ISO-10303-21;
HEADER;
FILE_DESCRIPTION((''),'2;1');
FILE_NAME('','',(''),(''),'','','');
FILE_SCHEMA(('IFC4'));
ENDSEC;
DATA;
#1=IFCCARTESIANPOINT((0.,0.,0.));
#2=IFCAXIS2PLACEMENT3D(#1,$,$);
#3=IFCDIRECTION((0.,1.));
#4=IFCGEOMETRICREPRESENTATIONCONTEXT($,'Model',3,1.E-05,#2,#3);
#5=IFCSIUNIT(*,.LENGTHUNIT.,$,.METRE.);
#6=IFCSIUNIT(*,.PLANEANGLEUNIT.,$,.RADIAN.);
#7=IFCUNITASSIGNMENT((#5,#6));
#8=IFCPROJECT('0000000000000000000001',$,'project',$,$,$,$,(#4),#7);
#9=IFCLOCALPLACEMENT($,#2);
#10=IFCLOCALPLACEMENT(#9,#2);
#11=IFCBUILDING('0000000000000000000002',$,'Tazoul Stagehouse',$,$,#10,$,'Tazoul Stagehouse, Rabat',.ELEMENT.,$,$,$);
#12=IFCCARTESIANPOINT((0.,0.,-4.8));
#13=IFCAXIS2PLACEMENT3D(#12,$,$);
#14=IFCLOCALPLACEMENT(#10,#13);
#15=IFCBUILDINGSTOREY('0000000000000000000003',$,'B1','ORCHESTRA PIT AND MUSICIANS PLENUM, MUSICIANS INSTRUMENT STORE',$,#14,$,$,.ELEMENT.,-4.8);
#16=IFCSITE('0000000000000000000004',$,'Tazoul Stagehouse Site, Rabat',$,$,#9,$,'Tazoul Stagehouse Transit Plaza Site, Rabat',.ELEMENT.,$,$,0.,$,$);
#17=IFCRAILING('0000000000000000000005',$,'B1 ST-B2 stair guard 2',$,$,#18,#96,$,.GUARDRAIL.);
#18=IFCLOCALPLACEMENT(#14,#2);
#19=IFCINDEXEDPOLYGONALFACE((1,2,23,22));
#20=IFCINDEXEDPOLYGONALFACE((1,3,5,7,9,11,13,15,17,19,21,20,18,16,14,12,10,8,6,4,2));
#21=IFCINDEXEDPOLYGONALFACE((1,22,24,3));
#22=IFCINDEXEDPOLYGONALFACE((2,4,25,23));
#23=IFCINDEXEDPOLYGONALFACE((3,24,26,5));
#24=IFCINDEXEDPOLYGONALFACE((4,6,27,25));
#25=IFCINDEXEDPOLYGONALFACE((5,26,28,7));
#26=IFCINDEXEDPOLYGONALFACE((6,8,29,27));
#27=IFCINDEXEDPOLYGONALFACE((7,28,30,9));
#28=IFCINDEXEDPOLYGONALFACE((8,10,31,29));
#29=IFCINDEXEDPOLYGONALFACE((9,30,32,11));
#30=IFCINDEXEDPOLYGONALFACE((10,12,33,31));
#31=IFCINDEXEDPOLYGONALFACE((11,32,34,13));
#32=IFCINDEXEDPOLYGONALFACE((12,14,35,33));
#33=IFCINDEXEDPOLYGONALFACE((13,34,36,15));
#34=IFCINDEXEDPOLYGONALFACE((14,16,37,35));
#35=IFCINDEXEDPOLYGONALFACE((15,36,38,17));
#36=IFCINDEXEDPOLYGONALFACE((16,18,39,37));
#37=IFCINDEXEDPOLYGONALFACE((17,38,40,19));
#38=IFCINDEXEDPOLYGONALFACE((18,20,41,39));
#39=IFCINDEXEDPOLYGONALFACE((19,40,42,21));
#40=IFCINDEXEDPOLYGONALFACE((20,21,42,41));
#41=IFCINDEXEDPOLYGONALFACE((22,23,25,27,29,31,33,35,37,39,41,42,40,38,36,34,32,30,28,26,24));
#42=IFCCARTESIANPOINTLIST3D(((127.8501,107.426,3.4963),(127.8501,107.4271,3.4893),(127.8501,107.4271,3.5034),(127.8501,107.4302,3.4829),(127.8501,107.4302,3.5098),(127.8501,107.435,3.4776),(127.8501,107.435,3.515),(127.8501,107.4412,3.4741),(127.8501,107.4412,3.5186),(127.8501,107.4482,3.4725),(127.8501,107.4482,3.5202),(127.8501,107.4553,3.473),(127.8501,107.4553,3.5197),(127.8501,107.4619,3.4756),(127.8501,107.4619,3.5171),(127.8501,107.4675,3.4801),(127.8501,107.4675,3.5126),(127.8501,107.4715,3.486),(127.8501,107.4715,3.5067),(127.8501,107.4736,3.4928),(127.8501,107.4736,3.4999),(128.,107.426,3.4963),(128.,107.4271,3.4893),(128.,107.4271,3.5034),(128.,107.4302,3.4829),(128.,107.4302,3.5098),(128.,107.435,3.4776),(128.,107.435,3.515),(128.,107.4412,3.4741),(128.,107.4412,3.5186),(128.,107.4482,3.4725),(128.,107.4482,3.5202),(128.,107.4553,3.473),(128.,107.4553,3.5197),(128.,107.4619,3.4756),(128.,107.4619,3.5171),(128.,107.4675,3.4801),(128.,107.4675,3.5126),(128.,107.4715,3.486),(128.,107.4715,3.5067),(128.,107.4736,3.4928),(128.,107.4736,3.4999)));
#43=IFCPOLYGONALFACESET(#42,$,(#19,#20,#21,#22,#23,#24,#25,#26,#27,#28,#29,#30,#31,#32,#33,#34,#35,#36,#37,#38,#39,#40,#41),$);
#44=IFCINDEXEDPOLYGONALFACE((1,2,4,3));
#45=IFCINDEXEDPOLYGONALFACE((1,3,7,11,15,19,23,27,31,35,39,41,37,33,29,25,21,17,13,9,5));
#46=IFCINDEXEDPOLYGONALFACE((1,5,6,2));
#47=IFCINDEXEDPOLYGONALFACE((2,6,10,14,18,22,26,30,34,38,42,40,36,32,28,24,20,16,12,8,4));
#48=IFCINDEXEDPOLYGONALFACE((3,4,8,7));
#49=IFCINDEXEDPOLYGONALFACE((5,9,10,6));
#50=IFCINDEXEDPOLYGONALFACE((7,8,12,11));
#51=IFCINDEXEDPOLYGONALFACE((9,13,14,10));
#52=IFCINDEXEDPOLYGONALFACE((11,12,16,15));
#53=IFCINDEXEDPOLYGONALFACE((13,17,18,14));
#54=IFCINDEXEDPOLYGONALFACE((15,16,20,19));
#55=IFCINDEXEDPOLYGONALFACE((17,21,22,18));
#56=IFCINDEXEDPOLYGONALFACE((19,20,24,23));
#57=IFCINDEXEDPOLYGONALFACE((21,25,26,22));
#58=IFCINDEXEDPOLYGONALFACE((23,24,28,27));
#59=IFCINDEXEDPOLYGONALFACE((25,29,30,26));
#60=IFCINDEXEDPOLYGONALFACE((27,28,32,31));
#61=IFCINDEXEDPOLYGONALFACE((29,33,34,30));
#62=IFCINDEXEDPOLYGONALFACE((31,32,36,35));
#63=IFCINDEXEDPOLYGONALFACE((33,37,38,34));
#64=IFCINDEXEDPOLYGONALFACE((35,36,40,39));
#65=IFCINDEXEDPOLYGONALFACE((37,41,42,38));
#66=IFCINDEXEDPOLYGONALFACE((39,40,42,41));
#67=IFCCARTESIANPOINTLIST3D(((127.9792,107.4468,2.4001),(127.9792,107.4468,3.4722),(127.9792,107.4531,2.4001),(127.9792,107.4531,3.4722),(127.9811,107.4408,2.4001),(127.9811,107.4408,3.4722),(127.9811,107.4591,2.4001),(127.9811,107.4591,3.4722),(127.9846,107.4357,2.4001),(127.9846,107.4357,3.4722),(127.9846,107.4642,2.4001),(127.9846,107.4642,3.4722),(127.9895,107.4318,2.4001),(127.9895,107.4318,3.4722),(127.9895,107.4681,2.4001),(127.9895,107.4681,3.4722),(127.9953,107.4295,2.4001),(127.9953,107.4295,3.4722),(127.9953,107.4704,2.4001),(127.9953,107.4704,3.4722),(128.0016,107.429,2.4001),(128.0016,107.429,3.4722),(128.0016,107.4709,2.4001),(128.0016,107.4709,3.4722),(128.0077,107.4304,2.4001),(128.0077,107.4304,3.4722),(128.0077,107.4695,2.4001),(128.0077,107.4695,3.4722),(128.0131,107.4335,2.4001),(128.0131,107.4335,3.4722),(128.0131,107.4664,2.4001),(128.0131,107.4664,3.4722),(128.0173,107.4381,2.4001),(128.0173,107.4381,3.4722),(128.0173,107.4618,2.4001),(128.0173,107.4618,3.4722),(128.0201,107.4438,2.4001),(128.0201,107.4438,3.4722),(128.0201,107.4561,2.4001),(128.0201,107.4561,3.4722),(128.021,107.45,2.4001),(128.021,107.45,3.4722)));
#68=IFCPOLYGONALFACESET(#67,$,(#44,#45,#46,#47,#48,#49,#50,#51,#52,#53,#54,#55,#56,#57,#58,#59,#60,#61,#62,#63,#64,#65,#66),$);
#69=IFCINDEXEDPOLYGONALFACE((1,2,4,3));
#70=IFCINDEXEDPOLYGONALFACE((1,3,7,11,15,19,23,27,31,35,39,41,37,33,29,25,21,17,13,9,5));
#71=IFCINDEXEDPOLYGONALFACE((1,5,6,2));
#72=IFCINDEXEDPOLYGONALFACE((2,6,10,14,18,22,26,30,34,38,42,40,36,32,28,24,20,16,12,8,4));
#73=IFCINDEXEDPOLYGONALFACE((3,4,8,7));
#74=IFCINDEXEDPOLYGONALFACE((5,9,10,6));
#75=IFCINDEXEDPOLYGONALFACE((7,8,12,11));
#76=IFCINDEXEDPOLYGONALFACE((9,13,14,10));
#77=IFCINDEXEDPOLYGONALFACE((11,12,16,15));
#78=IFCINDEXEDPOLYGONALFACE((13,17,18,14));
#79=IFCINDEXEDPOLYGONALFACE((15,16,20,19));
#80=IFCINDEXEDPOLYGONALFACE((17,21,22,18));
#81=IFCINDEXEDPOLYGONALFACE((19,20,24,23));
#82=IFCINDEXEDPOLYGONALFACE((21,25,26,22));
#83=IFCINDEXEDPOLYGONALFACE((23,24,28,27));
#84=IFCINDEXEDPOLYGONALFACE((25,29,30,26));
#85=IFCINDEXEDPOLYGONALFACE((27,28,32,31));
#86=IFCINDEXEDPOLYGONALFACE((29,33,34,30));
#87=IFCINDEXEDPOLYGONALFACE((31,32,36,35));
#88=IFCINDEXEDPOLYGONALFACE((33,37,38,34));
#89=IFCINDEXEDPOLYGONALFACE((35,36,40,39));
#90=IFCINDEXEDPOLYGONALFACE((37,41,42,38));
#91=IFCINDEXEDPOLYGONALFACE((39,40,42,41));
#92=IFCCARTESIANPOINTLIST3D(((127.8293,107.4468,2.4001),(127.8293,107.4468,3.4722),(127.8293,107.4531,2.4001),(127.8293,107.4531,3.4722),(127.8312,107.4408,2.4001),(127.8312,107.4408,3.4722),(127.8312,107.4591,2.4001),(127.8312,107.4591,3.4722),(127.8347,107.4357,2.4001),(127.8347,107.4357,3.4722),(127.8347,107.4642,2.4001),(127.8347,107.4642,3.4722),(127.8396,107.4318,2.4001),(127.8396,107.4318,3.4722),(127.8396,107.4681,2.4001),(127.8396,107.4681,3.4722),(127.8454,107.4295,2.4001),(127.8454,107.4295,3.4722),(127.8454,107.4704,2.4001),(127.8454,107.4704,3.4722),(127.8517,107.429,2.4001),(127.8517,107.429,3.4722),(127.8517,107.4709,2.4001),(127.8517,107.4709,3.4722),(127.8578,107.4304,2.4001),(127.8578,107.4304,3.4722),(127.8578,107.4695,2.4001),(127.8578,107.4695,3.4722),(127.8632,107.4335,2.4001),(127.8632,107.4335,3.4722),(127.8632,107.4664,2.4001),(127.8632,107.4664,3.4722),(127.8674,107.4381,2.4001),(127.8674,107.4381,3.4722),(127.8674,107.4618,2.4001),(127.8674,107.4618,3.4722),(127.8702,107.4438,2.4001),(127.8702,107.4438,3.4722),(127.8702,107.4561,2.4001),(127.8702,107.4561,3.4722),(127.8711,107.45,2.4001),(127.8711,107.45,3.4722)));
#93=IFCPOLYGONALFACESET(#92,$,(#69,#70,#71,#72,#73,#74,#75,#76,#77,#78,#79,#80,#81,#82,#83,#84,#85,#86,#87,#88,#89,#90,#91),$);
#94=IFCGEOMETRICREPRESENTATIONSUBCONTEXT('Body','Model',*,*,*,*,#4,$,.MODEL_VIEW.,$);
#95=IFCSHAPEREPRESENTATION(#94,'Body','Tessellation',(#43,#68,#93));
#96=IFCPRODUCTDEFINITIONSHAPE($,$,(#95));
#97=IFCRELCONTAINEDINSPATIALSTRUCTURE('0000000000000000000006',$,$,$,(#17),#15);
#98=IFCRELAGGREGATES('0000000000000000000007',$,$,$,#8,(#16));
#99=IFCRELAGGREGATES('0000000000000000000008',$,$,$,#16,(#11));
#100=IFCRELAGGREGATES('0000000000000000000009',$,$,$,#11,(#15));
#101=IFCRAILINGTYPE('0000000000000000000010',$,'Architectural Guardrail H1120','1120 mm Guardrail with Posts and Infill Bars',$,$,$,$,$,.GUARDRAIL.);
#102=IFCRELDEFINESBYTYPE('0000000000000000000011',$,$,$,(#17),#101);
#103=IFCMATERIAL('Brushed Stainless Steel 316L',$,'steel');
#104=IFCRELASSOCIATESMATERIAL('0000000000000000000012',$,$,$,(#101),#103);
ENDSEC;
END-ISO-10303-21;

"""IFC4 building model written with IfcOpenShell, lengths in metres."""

from ifc_helpers import new_model, si_unit, direction, frame, origin, origin_2d, place, context, subcontext, project, spatial, circle, extrude, material, material_profile, profile_set, type_object, element, save


model = new_model("IFC4")

# Units and contexts
model_context = context("Model", 3, precision=1e-05, world=origin(), true_north=direction((0.0, 1.0)))
body_context = subcontext(model_context, "Body", "Model", "MODEL_VIEW")
ifc_project = project(units=[si_unit("LENGTHUNIT", "METRE"), si_unit("PLANEANGLEUNIT", "RADIAN")], contexts=[model_context])

# Site, building, storey
site_placement = place(None, origin())
site = spatial("IfcSite", under=ifc_project, at=site_placement, Name="Tazoul Stagehouse Site, Rabat", LongName="Tazoul Stagehouse Transit Plaza Site, Rabat", CompositionType="ELEMENT", RefElevation=0.0)
building_placement = place(site_placement, origin())
building = spatial("IfcBuilding", under=site, at=building_placement, Name="Tazoul Stagehouse", LongName="Tazoul Stagehouse, Rabat", CompositionType="ELEMENT")
storey_placement = place(building_placement, frame((0.0, 0.0, -4.8)))
storey = spatial("IfcBuildingStorey", under=building, at=storey_placement, Name="B1", Description="ORCHESTRA PIT AND MUSICIANS PLENUM, MUSICIANS INSTRUMENT STORE", CompositionType="ELEMENT", Elevation=-4.8)

# Railing
ifc_material_1 = material(Name="Brushed Stainless Steel 316L", Category="steel")
ifc_material_profile_1 = material_profile(ifc_material_1, circle(Radius=0.0239, at=origin_2d()), Name="SS RAIL D48")
ifc_profile_set_1 = profile_set([ifc_material_profile_1], Name="Brushed Stainless Steel 316L")
railing_type_1 = type_object("IfcRailingType", Name="Architectural Guardrail H1120", Description="1120 mm Guardrail with Posts and Infill Bars", PredefinedType="GUARDRAIL", material=ifc_profile_set_1)
railing_1_placement = place(storey_placement, frame((128.0, 107.45, 2.4001)))
element("IfcRailing", 1, at=railing_1_placement, inside=storey, type_object=railing_type_1, Name="B1 ST-B2 stair guard 2", PredefinedType="GUARDRAIL", context=body_context, shape_type="SweptSolid", body=[
    extrude(circle(Radius=0.0239, at=origin_2d()), frame((0.0, 0.0, 1.0962), z_axis=(-1.0, 0.0, 0.0), x_axis=(0.0, -1.0, 0.0)), (0.0, 0.0, 1.0), 0.1499),
    extrude(circle(Radius=0.021, at=origin_2d()), origin(), (0.0, 0.0, 1.0), 1.072),
    extrude(circle(Radius=0.021, at=origin_2d()), frame((-0.1499, 0.0, 0.0)), (0.0, 0.0, 1.0), 1.072),
])

save(model, "model.ifc")
